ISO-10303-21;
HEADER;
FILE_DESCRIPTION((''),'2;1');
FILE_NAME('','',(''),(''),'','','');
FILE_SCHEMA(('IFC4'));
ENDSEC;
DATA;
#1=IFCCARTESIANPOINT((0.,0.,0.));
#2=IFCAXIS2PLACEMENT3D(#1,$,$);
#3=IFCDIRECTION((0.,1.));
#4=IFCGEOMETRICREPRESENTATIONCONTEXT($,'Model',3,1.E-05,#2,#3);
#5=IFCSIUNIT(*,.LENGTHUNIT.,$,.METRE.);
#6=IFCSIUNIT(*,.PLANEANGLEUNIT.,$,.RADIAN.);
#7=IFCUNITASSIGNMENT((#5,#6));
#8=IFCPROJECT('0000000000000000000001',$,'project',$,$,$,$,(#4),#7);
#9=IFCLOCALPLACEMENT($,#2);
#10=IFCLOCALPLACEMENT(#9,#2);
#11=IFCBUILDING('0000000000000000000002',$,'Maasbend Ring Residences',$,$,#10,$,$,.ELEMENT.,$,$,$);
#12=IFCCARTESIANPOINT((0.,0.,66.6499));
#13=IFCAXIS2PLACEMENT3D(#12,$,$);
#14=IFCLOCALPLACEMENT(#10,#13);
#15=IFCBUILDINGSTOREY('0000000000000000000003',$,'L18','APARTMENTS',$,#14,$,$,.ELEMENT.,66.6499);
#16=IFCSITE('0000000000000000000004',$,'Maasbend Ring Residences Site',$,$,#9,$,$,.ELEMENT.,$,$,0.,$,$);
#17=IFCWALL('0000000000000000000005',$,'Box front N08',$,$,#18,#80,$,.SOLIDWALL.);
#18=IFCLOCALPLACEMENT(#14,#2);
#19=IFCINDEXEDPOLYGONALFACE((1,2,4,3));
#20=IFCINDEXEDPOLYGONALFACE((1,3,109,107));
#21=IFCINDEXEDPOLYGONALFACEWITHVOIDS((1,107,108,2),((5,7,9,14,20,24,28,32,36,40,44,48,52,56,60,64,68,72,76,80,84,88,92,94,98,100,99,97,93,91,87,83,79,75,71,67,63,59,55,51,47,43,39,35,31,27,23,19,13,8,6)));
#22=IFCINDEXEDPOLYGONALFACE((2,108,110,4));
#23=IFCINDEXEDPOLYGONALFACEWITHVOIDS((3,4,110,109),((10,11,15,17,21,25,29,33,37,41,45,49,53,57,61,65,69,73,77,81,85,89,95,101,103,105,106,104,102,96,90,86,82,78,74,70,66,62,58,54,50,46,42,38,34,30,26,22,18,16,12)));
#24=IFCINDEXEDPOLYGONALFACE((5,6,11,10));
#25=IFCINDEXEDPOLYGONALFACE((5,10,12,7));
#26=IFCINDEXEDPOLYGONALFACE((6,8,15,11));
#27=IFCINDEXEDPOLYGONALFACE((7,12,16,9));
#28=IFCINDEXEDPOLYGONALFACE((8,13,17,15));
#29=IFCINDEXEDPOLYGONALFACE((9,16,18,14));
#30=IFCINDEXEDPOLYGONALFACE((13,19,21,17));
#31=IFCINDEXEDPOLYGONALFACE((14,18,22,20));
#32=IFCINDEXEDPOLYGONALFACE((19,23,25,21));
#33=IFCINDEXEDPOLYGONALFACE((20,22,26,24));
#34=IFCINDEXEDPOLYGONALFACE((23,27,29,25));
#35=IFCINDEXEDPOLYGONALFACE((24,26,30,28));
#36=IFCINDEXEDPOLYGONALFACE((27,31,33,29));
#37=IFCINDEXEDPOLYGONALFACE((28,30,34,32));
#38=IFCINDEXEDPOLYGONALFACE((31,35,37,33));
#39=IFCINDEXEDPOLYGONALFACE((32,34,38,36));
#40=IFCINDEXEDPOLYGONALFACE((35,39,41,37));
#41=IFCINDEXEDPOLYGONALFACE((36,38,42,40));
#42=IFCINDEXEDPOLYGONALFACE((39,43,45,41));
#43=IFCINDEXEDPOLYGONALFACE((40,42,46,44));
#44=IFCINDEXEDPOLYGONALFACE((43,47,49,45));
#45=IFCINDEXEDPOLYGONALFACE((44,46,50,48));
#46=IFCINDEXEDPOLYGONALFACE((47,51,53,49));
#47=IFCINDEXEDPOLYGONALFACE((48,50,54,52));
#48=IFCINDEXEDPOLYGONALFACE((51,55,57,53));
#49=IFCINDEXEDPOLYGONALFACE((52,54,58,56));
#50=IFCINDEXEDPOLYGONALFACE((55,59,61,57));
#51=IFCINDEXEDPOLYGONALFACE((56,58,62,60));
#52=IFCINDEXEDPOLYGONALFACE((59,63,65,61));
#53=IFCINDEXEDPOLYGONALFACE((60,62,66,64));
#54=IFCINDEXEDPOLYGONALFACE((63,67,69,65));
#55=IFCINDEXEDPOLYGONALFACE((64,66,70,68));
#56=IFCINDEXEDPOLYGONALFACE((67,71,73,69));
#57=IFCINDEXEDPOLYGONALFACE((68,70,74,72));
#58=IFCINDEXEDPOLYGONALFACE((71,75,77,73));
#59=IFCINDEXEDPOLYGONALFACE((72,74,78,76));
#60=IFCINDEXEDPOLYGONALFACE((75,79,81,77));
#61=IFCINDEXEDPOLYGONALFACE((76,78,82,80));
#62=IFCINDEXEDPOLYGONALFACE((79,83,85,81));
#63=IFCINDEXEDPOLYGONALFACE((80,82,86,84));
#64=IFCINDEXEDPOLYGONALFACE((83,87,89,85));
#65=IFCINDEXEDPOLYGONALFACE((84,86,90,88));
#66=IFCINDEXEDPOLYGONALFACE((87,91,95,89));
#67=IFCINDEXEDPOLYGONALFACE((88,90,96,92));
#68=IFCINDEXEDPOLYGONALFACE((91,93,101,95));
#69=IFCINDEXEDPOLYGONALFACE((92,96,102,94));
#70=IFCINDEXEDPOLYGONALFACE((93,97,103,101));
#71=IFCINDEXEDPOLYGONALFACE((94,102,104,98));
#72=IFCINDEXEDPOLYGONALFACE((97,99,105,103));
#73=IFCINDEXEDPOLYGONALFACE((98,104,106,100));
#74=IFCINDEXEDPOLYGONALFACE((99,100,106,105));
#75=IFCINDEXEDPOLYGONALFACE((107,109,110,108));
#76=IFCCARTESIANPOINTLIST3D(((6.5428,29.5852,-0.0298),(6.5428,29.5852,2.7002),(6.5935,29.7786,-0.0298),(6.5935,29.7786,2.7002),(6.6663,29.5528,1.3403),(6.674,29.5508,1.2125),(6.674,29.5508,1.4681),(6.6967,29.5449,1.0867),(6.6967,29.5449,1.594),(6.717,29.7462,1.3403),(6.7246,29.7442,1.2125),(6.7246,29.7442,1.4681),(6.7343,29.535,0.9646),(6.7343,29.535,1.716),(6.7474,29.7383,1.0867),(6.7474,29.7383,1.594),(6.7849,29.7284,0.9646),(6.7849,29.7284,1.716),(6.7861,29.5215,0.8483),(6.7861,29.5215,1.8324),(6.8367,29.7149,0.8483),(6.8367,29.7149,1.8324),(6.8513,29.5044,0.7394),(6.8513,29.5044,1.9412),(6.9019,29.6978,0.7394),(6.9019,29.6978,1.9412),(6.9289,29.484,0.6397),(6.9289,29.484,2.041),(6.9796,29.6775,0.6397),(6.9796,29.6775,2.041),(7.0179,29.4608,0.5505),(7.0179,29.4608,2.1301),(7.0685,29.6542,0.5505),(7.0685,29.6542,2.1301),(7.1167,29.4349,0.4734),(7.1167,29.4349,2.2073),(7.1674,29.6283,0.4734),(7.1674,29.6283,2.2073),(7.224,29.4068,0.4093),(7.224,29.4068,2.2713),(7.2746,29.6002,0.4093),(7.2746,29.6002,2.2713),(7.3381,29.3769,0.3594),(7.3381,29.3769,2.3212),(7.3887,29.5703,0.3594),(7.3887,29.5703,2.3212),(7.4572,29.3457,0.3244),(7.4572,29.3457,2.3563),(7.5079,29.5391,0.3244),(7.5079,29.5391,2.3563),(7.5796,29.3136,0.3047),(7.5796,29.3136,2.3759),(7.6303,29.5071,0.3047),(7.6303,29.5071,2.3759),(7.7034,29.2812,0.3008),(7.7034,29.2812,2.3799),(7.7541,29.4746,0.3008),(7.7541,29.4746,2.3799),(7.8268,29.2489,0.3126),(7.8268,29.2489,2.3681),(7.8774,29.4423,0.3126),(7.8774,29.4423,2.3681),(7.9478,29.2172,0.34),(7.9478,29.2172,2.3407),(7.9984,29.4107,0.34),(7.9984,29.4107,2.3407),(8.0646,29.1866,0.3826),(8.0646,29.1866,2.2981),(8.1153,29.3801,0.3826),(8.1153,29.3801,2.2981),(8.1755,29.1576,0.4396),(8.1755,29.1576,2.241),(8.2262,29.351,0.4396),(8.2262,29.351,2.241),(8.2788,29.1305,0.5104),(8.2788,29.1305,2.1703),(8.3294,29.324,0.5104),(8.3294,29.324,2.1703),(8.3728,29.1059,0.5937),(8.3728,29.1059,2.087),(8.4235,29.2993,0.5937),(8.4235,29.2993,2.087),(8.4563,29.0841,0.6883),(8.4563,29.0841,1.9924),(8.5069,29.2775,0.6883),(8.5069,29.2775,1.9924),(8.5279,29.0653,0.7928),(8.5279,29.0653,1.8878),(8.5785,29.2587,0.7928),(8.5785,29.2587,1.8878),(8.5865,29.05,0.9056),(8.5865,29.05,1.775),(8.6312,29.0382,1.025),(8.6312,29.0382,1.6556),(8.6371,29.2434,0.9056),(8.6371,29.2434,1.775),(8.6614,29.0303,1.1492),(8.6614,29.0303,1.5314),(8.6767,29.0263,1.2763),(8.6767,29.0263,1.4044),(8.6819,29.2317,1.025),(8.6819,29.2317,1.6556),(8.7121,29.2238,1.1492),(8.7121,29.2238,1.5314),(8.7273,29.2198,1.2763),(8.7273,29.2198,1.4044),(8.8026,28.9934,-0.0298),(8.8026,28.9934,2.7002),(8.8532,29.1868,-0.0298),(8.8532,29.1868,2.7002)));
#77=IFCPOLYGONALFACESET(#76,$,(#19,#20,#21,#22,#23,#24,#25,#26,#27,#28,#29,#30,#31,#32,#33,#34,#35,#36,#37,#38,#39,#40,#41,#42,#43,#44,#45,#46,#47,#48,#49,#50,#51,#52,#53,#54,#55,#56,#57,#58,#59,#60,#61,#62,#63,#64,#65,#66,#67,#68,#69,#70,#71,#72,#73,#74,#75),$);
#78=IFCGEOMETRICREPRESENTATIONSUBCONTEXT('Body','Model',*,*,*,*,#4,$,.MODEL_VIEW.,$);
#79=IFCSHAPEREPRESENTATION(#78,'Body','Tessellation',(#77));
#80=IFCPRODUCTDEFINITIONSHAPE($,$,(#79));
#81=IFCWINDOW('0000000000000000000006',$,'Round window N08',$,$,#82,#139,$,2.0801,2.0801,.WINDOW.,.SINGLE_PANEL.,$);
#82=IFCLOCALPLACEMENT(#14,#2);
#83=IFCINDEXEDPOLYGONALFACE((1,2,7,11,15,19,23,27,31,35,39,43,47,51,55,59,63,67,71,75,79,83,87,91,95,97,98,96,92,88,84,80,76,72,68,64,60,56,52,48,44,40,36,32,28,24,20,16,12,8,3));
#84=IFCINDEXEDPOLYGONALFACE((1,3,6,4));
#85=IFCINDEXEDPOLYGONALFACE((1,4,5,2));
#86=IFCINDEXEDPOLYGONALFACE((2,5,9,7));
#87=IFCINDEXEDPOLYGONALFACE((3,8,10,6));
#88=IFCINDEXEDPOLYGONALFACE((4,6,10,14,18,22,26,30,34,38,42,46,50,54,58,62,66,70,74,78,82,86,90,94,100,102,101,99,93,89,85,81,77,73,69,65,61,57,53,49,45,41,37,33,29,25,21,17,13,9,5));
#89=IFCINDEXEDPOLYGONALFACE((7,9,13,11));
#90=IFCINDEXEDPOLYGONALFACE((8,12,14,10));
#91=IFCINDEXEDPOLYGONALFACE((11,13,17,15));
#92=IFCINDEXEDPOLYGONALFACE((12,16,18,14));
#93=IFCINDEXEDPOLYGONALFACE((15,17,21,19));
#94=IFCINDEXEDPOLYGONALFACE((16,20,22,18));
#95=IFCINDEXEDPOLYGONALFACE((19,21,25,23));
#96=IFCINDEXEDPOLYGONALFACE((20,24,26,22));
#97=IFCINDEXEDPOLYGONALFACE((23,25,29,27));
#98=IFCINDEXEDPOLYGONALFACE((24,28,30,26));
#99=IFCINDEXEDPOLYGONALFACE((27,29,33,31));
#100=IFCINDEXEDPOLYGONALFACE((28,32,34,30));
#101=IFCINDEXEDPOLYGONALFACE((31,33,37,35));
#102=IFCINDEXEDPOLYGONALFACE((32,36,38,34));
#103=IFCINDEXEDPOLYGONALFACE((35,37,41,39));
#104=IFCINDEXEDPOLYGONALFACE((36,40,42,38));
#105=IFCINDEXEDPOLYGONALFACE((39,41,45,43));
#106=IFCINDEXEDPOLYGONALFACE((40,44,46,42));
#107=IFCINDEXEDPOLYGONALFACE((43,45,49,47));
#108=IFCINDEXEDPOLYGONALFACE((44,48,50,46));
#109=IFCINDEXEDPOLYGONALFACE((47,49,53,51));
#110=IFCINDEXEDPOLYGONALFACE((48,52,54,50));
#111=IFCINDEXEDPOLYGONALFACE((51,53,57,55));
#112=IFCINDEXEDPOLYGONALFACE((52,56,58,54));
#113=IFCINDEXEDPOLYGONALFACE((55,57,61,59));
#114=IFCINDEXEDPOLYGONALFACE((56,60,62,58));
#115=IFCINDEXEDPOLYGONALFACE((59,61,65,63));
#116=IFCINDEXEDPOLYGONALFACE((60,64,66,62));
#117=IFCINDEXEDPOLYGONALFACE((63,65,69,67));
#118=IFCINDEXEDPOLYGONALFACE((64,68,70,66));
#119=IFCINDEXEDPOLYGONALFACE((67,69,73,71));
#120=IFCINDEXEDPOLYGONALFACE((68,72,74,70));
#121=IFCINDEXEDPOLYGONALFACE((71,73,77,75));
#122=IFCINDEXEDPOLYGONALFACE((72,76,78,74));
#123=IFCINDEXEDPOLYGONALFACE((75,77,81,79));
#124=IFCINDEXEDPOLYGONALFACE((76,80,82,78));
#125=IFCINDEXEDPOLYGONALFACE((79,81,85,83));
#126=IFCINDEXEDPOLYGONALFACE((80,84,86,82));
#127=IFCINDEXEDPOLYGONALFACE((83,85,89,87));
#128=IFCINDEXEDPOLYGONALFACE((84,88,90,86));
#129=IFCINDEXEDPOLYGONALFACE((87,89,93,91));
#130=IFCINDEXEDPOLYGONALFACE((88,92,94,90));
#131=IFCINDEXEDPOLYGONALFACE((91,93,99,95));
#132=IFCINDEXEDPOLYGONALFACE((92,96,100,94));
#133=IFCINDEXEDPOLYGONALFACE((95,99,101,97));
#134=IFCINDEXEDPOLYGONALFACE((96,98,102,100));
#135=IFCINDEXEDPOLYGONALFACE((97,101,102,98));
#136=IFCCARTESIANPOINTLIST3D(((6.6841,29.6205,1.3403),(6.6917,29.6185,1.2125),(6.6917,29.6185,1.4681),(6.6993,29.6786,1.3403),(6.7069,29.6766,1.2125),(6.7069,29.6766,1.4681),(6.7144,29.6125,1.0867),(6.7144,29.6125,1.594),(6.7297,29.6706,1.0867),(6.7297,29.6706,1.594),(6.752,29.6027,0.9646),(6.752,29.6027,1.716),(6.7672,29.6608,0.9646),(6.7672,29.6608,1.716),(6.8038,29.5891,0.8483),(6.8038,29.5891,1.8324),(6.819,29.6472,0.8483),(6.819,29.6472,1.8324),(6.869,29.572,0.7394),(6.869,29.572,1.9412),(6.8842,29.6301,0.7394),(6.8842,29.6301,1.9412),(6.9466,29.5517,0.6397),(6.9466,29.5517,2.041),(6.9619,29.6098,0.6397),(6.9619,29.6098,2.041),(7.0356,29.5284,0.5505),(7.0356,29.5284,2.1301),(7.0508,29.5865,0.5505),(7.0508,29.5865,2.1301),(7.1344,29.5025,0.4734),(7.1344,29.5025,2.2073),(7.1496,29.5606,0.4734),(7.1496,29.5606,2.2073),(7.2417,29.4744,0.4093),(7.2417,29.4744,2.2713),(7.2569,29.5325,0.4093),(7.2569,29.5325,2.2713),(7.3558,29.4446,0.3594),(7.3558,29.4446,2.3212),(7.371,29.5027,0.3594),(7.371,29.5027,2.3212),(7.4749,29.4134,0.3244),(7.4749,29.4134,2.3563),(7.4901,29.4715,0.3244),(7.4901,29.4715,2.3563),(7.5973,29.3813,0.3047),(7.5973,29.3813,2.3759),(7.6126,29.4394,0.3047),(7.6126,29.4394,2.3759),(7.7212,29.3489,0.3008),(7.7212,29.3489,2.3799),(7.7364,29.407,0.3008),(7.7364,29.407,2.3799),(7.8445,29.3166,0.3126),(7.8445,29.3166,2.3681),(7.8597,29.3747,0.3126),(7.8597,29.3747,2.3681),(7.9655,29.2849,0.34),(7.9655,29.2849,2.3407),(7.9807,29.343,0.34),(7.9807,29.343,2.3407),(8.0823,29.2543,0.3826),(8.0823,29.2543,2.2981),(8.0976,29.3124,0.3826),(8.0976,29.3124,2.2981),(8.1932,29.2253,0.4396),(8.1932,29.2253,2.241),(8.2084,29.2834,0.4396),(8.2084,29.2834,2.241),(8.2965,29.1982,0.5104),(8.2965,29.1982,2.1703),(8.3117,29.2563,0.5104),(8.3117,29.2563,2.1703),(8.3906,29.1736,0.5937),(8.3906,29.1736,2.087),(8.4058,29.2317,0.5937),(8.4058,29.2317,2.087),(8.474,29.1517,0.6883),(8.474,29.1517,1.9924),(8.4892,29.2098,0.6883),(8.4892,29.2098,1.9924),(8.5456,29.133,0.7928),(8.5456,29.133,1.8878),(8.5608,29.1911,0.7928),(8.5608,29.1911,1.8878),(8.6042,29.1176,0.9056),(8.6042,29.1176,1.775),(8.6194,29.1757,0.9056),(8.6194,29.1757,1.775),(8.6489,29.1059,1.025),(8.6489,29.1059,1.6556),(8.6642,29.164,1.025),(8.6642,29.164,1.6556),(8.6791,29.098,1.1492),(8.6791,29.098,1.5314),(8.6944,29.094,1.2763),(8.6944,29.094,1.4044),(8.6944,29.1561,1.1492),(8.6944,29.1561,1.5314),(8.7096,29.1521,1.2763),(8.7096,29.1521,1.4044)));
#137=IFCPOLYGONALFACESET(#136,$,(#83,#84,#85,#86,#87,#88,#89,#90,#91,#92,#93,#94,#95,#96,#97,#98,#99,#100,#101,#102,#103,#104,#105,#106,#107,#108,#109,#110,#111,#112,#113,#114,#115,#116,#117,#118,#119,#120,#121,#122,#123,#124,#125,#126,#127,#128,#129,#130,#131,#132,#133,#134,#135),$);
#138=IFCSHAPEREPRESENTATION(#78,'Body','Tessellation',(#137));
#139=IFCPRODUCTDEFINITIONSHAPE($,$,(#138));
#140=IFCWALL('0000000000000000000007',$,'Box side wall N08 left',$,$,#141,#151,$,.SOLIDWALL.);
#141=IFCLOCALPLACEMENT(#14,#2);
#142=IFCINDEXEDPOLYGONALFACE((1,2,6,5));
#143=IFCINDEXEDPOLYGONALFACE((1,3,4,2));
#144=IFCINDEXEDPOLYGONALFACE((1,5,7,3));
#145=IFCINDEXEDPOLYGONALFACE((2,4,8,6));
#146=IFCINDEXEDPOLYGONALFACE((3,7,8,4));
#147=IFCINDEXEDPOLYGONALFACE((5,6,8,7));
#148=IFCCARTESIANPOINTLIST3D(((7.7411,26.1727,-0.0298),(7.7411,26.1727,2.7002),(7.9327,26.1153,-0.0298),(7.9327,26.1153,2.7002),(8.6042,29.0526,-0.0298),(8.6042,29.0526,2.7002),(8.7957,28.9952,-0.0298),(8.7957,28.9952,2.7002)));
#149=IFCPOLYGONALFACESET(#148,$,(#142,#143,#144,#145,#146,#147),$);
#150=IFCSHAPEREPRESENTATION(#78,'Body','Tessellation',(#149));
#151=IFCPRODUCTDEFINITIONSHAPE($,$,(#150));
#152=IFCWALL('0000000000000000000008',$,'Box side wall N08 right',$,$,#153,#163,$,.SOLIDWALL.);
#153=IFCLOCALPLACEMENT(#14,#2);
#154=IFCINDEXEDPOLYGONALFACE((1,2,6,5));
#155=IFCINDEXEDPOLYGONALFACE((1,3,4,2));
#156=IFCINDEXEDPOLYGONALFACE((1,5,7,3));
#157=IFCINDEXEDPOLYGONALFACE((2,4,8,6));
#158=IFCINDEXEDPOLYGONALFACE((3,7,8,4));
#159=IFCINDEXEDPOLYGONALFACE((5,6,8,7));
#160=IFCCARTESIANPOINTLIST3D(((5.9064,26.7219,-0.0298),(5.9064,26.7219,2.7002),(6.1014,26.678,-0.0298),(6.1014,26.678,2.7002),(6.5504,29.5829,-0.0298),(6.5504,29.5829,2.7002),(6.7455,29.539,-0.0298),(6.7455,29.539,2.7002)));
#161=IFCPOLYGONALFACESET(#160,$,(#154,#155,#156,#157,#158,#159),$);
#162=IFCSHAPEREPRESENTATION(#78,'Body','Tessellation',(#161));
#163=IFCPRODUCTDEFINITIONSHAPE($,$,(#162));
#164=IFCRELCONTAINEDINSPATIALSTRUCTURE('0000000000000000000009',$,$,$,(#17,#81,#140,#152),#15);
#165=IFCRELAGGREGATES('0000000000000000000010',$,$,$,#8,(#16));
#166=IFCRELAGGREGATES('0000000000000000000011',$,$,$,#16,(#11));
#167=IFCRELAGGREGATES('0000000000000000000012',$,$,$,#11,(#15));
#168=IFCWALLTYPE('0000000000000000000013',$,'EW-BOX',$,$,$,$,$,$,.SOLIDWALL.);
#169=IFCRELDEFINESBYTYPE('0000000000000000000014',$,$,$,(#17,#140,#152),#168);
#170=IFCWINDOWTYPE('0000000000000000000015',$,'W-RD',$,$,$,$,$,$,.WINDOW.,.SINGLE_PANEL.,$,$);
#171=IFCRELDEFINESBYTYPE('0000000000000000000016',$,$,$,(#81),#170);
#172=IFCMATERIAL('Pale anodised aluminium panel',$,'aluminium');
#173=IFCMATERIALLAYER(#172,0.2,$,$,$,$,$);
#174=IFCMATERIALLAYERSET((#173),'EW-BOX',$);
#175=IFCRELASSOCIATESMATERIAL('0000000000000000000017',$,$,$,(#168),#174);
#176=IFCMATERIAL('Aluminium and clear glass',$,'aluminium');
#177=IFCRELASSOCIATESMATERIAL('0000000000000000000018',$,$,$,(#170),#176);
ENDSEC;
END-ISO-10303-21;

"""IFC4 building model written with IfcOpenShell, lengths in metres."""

from ifc_helpers import new_model, si_unit, direction, frame, frame_2d, origin, place, context, subcontext, project, spatial, rectangle, circle, extrude, material, layer, layer_set, type_object, element, fill, save


model = new_model("IFC4")

# Units and contexts
model_context = context("Model", 3, precision=1e-05, world=origin(), true_north=direction((0.0, 1.0)))
body_context = subcontext(model_context, "Body", "Model", "MODEL_VIEW")
ifc_project = project(units=[si_unit("LENGTHUNIT", "METRE"), si_unit("PLANEANGLEUNIT", "RADIAN")], contexts=[model_context])

# Site, building, storey
site_placement = place(None, origin())
site = spatial("IfcSite", under=ifc_project, at=site_placement, Name="Maasbend Ring Residences Site", CompositionType="ELEMENT", RefElevation=0.0)
building_placement = place(site_placement, origin())
building = spatial("IfcBuilding", under=site, at=building_placement, Name="Maasbend Ring Residences", CompositionType="ELEMENT")
storey_placement = place(building_placement, frame((0.0, 0.0, 66.6499)))
storey = spatial("IfcBuildingStorey", under=building, at=storey_placement, Name="L18", Description="APARTMENTS", CompositionType="ELEMENT", Elevation=66.6499)

# Wall, opening, window
ifc_material_1 = material(Name="Pale anodised aluminium panel", Category="aluminium")
ifc_layer_1 = layer(ifc_material_1, 0.2)
ifc_layer_set_1 = layer_set([ifc_layer_1], Name="EW-BOX")
wall_type_1 = type_object("IfcWallType", Name="EW-BOX", PredefinedType="SOLIDWALL", material=ifc_layer_set_1)
wall_1_placement = place(storey_placement, frame((8.8279, 29.0901, -0.0298), z_axis=(0.0, 0.0, 1.0), x_axis=(-0.967377, 0.253341, 0.0)))
wall_1 = element("IfcWall", 1, at=wall_1_placement, inside=storey, type_object=wall_type_1, Name="Box front N08", PredefinedType="SOLIDWALL", context=body_context, shape_type="SweptSolid", body=[
    extrude(rectangle(XDim=2.3359, YDim=0.2, at=frame_2d((1.168, 0.0))), origin(), (0.0, 0.0, 1.0), 2.73),
])
opening_1_placement = place(wall_1_placement, frame((0.1282, 0.0, 0.3301)))
opening_1 = element("IfcOpeningElement", 2, at=opening_1_placement, cuts=wall_1, PredefinedType="OPENING", context=body_context, shape_type="SweptSolid", body=[
    extrude(circle(Radius=1.04, at=frame_2d((1.04, 1.04))), frame((0.0, 0.1099, 0.0), z_axis=(0.0, -1.0, 0.0), x_axis=(1.0, 0.0, 0.0)), (0.0, 0.0, 1.0), 0.22),
])
ifc_material_2 = material(Name="Aluminium and clear glass", Category="aluminium")
window_type_1 = type_object("IfcWindowType", Name="W-RD", PartitioningType="SINGLE_PANEL", PredefinedType="WINDOW", material=ifc_material_2)
window_1_placement = place(opening_1_placement, origin())
window_1 = element("IfcWindow", 3, at=window_1_placement, inside=storey, type_object=window_type_1, Name="Round window N08", OverallHeight=2.0801, OverallWidth=2.0801, PartitioningType="SINGLE_PANEL", PredefinedType="WINDOW", context=body_context, shape_type="SweptSolid", body=[
    extrude(circle(Radius=1.04, at=frame_2d((1.04, 1.04))), frame((0.0, 0.03, 0.0), z_axis=(0.0, -1.0, 0.0), x_axis=(1.0, 0.0, 0.0)), (0.0, 0.0, 1.0), 0.0601),
])
fill(opening_1, window_1)

# Walls
wall_2_placement = place(storey_placement, frame((7.8369, 26.144, -0.0298), z_axis=(0.0, 0.0, 1.0), x_axis=(0.287065, 0.957911, 0.0)))
element("IfcWall", 4, at=wall_2_placement, inside=storey, type_object=wall_type_1, Name="Box side wall N08 left", PredefinedType="SOLIDWALL", context=body_context, shape_type="SweptSolid", body=[
    extrude(rectangle(XDim=3.0063, YDim=0.2, at=frame_2d((1.5032, 0.0))), origin(), (0.0, 0.0, 1.0), 2.73),
])
wall_3_placement = place(storey_placement, frame((6.0039, 26.7, -0.0298), z_axis=(0.0, 0.0, 1.0), x_axis=(0.219609, 0.975588, 0.0)))
element("IfcWall", 5, at=wall_3_placement, inside=storey, type_object=wall_type_1, Name="Box side wall N08 right", PredefinedType="SOLIDWALL", context=body_context, shape_type="SweptSolid", body=[
    extrude(rectangle(XDim=2.9326, YDim=0.2, at=frame_2d((1.4663, 0.0))), origin(), (0.0, 0.0, 1.0), 2.73),
])

save(model, "model.ifc")
